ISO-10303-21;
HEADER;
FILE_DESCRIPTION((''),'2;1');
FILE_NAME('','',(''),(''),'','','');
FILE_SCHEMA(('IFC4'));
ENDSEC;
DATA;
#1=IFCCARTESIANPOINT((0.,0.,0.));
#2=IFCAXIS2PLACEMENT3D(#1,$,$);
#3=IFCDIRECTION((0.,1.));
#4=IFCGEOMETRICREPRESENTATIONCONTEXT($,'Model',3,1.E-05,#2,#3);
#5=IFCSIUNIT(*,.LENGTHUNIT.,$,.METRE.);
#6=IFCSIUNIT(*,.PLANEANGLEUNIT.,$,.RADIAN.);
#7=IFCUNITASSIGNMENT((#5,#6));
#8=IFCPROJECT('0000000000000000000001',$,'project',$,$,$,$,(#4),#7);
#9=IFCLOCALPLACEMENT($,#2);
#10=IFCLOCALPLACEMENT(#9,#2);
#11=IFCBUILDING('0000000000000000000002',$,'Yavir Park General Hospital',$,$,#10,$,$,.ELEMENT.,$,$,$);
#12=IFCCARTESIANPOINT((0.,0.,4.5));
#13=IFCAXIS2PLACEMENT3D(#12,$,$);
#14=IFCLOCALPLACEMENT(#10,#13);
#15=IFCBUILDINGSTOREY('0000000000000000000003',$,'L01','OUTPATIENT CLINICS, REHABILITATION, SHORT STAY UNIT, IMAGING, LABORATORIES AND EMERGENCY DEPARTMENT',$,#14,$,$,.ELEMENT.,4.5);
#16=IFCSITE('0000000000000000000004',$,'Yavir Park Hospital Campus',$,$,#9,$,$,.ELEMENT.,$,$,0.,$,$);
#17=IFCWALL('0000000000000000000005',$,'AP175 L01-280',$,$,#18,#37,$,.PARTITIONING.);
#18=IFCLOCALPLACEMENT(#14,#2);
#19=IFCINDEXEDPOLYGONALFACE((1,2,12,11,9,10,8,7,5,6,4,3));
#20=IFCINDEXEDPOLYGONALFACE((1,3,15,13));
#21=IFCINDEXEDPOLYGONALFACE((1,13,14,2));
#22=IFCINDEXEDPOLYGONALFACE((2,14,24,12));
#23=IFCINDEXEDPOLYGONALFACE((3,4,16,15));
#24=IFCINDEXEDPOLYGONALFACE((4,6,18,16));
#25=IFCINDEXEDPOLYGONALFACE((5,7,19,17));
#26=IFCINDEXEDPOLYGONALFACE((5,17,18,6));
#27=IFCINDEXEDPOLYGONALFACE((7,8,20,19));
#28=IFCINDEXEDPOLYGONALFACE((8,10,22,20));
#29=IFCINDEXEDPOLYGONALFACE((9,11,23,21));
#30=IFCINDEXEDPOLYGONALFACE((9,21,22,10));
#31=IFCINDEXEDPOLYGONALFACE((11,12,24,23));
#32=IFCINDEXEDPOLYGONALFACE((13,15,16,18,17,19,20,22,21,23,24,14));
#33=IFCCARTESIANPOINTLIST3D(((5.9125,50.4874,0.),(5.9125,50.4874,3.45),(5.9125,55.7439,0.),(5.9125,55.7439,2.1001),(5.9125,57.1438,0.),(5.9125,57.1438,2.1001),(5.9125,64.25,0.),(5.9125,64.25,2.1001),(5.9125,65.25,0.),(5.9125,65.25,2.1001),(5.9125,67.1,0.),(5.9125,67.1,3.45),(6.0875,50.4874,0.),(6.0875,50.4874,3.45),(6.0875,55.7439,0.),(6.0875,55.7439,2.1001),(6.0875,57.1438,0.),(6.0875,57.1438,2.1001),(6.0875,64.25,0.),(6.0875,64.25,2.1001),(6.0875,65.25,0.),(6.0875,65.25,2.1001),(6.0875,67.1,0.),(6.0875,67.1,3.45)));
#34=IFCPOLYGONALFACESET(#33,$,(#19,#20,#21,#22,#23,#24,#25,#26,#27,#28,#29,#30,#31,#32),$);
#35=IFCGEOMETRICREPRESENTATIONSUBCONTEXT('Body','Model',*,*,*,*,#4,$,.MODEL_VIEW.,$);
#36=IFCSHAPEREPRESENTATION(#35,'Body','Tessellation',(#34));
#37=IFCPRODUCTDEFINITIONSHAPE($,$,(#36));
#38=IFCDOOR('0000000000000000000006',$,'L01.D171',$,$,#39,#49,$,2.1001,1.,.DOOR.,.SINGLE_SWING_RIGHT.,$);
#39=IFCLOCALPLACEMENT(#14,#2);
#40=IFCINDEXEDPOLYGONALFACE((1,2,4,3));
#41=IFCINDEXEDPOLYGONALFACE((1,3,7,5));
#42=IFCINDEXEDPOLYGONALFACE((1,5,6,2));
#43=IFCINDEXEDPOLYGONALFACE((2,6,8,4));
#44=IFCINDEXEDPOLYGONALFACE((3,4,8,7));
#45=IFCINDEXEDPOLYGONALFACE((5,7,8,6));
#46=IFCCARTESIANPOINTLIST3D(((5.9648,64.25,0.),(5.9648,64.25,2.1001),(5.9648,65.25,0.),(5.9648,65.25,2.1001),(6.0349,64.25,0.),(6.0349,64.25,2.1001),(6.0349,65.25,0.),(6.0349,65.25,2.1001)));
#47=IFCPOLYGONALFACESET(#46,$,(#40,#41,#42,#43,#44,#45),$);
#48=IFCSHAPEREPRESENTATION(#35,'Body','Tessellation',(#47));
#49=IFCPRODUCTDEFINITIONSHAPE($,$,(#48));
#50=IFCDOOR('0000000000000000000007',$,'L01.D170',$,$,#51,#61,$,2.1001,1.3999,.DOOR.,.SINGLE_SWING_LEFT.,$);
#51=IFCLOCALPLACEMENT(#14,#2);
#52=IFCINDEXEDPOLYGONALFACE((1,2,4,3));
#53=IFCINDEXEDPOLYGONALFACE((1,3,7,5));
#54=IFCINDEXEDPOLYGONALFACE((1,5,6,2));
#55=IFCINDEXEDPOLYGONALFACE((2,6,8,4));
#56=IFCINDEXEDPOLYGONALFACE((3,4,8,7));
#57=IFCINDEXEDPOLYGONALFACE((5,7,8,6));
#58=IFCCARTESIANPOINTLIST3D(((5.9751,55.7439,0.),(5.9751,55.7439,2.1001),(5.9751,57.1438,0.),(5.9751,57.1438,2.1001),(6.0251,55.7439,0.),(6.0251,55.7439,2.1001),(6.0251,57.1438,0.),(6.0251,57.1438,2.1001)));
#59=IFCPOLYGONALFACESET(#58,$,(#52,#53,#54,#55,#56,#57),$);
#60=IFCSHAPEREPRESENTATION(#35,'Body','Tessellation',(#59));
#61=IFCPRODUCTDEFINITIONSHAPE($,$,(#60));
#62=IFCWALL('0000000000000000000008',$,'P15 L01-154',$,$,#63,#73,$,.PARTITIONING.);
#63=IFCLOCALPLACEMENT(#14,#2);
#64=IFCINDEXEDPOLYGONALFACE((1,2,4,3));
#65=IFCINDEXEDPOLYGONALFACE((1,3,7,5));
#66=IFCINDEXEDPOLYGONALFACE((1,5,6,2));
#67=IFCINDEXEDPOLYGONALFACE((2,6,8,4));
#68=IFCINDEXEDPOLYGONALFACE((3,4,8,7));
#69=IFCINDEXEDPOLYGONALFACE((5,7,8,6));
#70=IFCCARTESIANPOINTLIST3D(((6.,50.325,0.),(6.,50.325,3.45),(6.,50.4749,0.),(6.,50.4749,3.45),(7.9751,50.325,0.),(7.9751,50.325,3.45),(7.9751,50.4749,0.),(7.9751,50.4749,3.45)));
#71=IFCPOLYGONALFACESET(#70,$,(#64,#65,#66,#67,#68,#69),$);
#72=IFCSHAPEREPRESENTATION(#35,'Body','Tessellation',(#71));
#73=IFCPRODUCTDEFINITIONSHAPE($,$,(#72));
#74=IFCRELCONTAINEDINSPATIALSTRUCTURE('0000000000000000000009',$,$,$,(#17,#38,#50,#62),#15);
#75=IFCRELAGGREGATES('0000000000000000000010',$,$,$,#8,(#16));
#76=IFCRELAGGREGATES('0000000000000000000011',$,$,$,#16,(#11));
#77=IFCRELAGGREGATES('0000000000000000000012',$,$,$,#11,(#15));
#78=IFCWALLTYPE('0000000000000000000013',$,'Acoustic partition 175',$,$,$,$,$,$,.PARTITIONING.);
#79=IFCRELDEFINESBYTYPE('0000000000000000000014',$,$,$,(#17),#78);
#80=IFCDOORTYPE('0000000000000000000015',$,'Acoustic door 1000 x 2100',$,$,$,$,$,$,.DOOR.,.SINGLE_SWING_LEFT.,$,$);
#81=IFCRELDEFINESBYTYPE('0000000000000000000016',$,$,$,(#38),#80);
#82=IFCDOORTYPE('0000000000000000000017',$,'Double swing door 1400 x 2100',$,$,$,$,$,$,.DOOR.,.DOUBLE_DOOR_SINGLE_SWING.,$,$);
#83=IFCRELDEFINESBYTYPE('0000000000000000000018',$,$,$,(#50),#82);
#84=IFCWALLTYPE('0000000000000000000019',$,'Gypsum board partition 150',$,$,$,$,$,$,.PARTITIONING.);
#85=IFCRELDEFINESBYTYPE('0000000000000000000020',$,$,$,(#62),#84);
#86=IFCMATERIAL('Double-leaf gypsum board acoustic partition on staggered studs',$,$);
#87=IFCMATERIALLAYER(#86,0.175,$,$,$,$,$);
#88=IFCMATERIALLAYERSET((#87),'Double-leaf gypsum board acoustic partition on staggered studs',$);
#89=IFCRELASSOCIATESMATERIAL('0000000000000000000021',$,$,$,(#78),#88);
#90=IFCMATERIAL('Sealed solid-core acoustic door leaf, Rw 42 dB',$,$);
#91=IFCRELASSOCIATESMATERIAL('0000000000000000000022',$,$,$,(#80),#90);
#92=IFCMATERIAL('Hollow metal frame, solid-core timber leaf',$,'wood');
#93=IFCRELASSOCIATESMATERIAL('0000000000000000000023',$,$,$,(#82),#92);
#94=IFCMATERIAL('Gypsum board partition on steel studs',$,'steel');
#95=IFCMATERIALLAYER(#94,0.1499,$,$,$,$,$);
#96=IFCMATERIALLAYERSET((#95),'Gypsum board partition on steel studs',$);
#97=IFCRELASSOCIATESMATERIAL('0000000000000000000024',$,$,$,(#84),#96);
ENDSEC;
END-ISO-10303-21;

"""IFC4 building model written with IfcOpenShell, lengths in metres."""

from ifc_helpers import new_model, si_unit, direction, frame, frame_2d, origin, place, context, subcontext, project, spatial, rectangle, extrude, material, layer, layer_set, type_object, element, fill, save


model = new_model("IFC4")

# Units and contexts
model_context = context("Model", 3, precision=1e-05, world=origin(), true_north=direction((0.0, 1.0)))
body_context = subcontext(model_context, "Body", "Model", "MODEL_VIEW")
ifc_project = project(units=[si_unit("LENGTHUNIT", "METRE"), si_unit("PLANEANGLEUNIT", "RADIAN")], contexts=[model_context])

# Site, building, storey
site_placement = place(None, origin())
site = spatial("IfcSite", under=ifc_project, at=site_placement, Name="Yavir Park Hospital Campus", CompositionType="ELEMENT", RefElevation=0.0)
building_placement = place(site_placement, origin())
building = spatial("IfcBuilding", under=site, at=building_placement, Name="Yavir Park General Hospital", CompositionType="ELEMENT")
storey_placement = place(building_placement, frame((0.0, 0.0, 4.5)))
storey = spatial("IfcBuildingStorey", under=building, at=storey_placement, Name="L01", Description="OUTPATIENT CLINICS, REHABILITATION, SHORT STAY UNIT, IMAGING, LABORATORIES AND EMERGENCY DEPARTMENT", CompositionType="ELEMENT", Elevation=4.5)

# Shared definitions
ifc_material_1 = material(Name="Double-leaf gypsum board acoustic partition on staggered studs")
ifc_layer_1 = layer(ifc_material_1, 0.175)
ifc_layer_set_1 = layer_set([ifc_layer_1], Name="Double-leaf gypsum board acoustic partition on staggered studs")
wall_type_1 = type_object("IfcWallType", Name="Acoustic partition 175", PredefinedType="PARTITIONING", material=ifc_layer_set_1)

# Wall, openings, doors
wall_1_placement = place(storey_placement, frame((6.0, 50.4875, 0.0), z_axis=(0.0, 0.0, 1.0), x_axis=(0.0, 1.0, 0.0)))
wall_1 = element("IfcWall", 1, at=wall_1_placement, inside=storey, type_object=wall_type_1, Name="AP175 L01-280", PredefinedType="PARTITIONING", context=body_context, shape_type="SweptSolid", body=[
    extrude(rectangle(XDim=16.6125, YDim=0.175, at=frame_2d((8.3062, 0.0))), origin(), (0.0, 0.0, 1.0), 3.45),
])
opening_1_placement = place(wall_1_placement, frame((5.2563, 0.0, 0.0)))
opening_1 = element("IfcOpeningElement", 2, at=opening_1_placement, cuts=wall_1, PredefinedType="OPENING", context=body_context, shape_type="SweptSolid", body=[
    extrude(rectangle(XDim=1.3999, YDim=2.1001, at=frame_2d((0.7, 1.05))), frame((0.0, 0.0974, 0.0), z_axis=(0.0, -1.0, 0.0), x_axis=(1.0, 0.0, 0.0)), (0.0, 0.0, 1.0), 0.1951),
])
opening_2_placement = place(wall_1_placement, frame((13.7625, 0.0, 0.0)))
opening_2 = element("IfcOpeningElement", 3, at=opening_2_placement, cuts=wall_1, PredefinedType="OPENING", context=body_context, shape_type="SweptSolid", body=[
    extrude(rectangle(XDim=1.0, YDim=2.1001, at=frame_2d((0.5, 1.05))), frame((0.0, 0.0974, 0.0), z_axis=(0.0, -1.0, 0.0), x_axis=(1.0, 0.0, 0.0)), (0.0, 0.0, 1.0), 0.1951),
])
ifc_material_2 = material(Name="Sealed solid-core acoustic door leaf, Rw 42 dB")
door_type_1 = type_object("IfcDoorType", Name="Acoustic door 1000 x 2100", OperationType="SINGLE_SWING_LEFT", PredefinedType="DOOR", material=ifc_material_2)
door_1_placement = place(opening_2_placement, origin())
door_1 = element("IfcDoor", 4, at=door_1_placement, inside=storey, type_object=door_type_1, Name="L01.D171", OperationType="SINGLE_SWING_RIGHT", OverallHeight=2.1001, OverallWidth=1.0, PredefinedType="DOOR", context=body_context, shape_type="SweptSolid", body=[
    extrude(rectangle(XDim=1.0, YDim=2.1001, at=frame_2d((0.5, 1.05))), frame((0.0, 0.0352, 0.0), z_axis=(0.0, -1.0, 0.0), x_axis=(1.0, 0.0, 0.0)), (0.0, 0.0, 1.0), 0.0701),
])
fill(opening_2, door_1)
ifc_material_3 = material(Name="Hollow metal frame, solid-core timber leaf", Category="wood")
door_type_2 = type_object("IfcDoorType", Name="Double swing door 1400 x 2100", OperationType="DOUBLE_DOOR_SINGLE_SWING", PredefinedType="DOOR", material=ifc_material_3)
door_2_placement = place(opening_1_placement, origin())
door_2 = element("IfcDoor", 5, at=door_2_placement, inside=storey, type_object=door_type_2, Name="L01.D170", OperationType="SINGLE_SWING_LEFT", OverallHeight=2.1001, OverallWidth=1.3999, PredefinedType="DOOR", context=body_context, shape_type="SweptSolid", body=[
    extrude(rectangle(XDim=1.3999, YDim=2.1001, at=frame_2d((0.7, 1.05))), frame((0.0, 0.0249, 0.0), z_axis=(0.0, -1.0, 0.0), x_axis=(1.0, 0.0, 0.0)), (0.0, 0.0, 1.0), 0.05),
])
fill(opening_1, door_2)

# Wall
ifc_material_4 = material(Name="Gypsum board partition on steel studs", Category="steel")
ifc_layer_2 = layer(ifc_material_4, 0.1499)
ifc_layer_set_2 = layer_set([ifc_layer_2], Name="Gypsum board partition on steel studs")
wall_type_2 = type_object("IfcWallType", Name="Gypsum board partition 150", PredefinedType="PARTITIONING", material=ifc_layer_set_2)
wall_2_placement = place(storey_placement, frame((6.0, 50.3999, 0.0), z_axis=(0.0, 0.0, 1.0), x_axis=(1.0, 0.0, 0.0)))
element("IfcWall", 6, at=wall_2_placement, inside=storey, type_object=wall_type_2, Name="P15 L01-154", PredefinedType="PARTITIONING", context=body_context, shape_type="SweptSolid", body=[
    extrude(rectangle(XDim=1.9751, YDim=0.1499, at=frame_2d((0.9875, 0.0))), origin(), (0.0, 0.0, 1.0), 3.45),
])

save(model, "model.ifc")
